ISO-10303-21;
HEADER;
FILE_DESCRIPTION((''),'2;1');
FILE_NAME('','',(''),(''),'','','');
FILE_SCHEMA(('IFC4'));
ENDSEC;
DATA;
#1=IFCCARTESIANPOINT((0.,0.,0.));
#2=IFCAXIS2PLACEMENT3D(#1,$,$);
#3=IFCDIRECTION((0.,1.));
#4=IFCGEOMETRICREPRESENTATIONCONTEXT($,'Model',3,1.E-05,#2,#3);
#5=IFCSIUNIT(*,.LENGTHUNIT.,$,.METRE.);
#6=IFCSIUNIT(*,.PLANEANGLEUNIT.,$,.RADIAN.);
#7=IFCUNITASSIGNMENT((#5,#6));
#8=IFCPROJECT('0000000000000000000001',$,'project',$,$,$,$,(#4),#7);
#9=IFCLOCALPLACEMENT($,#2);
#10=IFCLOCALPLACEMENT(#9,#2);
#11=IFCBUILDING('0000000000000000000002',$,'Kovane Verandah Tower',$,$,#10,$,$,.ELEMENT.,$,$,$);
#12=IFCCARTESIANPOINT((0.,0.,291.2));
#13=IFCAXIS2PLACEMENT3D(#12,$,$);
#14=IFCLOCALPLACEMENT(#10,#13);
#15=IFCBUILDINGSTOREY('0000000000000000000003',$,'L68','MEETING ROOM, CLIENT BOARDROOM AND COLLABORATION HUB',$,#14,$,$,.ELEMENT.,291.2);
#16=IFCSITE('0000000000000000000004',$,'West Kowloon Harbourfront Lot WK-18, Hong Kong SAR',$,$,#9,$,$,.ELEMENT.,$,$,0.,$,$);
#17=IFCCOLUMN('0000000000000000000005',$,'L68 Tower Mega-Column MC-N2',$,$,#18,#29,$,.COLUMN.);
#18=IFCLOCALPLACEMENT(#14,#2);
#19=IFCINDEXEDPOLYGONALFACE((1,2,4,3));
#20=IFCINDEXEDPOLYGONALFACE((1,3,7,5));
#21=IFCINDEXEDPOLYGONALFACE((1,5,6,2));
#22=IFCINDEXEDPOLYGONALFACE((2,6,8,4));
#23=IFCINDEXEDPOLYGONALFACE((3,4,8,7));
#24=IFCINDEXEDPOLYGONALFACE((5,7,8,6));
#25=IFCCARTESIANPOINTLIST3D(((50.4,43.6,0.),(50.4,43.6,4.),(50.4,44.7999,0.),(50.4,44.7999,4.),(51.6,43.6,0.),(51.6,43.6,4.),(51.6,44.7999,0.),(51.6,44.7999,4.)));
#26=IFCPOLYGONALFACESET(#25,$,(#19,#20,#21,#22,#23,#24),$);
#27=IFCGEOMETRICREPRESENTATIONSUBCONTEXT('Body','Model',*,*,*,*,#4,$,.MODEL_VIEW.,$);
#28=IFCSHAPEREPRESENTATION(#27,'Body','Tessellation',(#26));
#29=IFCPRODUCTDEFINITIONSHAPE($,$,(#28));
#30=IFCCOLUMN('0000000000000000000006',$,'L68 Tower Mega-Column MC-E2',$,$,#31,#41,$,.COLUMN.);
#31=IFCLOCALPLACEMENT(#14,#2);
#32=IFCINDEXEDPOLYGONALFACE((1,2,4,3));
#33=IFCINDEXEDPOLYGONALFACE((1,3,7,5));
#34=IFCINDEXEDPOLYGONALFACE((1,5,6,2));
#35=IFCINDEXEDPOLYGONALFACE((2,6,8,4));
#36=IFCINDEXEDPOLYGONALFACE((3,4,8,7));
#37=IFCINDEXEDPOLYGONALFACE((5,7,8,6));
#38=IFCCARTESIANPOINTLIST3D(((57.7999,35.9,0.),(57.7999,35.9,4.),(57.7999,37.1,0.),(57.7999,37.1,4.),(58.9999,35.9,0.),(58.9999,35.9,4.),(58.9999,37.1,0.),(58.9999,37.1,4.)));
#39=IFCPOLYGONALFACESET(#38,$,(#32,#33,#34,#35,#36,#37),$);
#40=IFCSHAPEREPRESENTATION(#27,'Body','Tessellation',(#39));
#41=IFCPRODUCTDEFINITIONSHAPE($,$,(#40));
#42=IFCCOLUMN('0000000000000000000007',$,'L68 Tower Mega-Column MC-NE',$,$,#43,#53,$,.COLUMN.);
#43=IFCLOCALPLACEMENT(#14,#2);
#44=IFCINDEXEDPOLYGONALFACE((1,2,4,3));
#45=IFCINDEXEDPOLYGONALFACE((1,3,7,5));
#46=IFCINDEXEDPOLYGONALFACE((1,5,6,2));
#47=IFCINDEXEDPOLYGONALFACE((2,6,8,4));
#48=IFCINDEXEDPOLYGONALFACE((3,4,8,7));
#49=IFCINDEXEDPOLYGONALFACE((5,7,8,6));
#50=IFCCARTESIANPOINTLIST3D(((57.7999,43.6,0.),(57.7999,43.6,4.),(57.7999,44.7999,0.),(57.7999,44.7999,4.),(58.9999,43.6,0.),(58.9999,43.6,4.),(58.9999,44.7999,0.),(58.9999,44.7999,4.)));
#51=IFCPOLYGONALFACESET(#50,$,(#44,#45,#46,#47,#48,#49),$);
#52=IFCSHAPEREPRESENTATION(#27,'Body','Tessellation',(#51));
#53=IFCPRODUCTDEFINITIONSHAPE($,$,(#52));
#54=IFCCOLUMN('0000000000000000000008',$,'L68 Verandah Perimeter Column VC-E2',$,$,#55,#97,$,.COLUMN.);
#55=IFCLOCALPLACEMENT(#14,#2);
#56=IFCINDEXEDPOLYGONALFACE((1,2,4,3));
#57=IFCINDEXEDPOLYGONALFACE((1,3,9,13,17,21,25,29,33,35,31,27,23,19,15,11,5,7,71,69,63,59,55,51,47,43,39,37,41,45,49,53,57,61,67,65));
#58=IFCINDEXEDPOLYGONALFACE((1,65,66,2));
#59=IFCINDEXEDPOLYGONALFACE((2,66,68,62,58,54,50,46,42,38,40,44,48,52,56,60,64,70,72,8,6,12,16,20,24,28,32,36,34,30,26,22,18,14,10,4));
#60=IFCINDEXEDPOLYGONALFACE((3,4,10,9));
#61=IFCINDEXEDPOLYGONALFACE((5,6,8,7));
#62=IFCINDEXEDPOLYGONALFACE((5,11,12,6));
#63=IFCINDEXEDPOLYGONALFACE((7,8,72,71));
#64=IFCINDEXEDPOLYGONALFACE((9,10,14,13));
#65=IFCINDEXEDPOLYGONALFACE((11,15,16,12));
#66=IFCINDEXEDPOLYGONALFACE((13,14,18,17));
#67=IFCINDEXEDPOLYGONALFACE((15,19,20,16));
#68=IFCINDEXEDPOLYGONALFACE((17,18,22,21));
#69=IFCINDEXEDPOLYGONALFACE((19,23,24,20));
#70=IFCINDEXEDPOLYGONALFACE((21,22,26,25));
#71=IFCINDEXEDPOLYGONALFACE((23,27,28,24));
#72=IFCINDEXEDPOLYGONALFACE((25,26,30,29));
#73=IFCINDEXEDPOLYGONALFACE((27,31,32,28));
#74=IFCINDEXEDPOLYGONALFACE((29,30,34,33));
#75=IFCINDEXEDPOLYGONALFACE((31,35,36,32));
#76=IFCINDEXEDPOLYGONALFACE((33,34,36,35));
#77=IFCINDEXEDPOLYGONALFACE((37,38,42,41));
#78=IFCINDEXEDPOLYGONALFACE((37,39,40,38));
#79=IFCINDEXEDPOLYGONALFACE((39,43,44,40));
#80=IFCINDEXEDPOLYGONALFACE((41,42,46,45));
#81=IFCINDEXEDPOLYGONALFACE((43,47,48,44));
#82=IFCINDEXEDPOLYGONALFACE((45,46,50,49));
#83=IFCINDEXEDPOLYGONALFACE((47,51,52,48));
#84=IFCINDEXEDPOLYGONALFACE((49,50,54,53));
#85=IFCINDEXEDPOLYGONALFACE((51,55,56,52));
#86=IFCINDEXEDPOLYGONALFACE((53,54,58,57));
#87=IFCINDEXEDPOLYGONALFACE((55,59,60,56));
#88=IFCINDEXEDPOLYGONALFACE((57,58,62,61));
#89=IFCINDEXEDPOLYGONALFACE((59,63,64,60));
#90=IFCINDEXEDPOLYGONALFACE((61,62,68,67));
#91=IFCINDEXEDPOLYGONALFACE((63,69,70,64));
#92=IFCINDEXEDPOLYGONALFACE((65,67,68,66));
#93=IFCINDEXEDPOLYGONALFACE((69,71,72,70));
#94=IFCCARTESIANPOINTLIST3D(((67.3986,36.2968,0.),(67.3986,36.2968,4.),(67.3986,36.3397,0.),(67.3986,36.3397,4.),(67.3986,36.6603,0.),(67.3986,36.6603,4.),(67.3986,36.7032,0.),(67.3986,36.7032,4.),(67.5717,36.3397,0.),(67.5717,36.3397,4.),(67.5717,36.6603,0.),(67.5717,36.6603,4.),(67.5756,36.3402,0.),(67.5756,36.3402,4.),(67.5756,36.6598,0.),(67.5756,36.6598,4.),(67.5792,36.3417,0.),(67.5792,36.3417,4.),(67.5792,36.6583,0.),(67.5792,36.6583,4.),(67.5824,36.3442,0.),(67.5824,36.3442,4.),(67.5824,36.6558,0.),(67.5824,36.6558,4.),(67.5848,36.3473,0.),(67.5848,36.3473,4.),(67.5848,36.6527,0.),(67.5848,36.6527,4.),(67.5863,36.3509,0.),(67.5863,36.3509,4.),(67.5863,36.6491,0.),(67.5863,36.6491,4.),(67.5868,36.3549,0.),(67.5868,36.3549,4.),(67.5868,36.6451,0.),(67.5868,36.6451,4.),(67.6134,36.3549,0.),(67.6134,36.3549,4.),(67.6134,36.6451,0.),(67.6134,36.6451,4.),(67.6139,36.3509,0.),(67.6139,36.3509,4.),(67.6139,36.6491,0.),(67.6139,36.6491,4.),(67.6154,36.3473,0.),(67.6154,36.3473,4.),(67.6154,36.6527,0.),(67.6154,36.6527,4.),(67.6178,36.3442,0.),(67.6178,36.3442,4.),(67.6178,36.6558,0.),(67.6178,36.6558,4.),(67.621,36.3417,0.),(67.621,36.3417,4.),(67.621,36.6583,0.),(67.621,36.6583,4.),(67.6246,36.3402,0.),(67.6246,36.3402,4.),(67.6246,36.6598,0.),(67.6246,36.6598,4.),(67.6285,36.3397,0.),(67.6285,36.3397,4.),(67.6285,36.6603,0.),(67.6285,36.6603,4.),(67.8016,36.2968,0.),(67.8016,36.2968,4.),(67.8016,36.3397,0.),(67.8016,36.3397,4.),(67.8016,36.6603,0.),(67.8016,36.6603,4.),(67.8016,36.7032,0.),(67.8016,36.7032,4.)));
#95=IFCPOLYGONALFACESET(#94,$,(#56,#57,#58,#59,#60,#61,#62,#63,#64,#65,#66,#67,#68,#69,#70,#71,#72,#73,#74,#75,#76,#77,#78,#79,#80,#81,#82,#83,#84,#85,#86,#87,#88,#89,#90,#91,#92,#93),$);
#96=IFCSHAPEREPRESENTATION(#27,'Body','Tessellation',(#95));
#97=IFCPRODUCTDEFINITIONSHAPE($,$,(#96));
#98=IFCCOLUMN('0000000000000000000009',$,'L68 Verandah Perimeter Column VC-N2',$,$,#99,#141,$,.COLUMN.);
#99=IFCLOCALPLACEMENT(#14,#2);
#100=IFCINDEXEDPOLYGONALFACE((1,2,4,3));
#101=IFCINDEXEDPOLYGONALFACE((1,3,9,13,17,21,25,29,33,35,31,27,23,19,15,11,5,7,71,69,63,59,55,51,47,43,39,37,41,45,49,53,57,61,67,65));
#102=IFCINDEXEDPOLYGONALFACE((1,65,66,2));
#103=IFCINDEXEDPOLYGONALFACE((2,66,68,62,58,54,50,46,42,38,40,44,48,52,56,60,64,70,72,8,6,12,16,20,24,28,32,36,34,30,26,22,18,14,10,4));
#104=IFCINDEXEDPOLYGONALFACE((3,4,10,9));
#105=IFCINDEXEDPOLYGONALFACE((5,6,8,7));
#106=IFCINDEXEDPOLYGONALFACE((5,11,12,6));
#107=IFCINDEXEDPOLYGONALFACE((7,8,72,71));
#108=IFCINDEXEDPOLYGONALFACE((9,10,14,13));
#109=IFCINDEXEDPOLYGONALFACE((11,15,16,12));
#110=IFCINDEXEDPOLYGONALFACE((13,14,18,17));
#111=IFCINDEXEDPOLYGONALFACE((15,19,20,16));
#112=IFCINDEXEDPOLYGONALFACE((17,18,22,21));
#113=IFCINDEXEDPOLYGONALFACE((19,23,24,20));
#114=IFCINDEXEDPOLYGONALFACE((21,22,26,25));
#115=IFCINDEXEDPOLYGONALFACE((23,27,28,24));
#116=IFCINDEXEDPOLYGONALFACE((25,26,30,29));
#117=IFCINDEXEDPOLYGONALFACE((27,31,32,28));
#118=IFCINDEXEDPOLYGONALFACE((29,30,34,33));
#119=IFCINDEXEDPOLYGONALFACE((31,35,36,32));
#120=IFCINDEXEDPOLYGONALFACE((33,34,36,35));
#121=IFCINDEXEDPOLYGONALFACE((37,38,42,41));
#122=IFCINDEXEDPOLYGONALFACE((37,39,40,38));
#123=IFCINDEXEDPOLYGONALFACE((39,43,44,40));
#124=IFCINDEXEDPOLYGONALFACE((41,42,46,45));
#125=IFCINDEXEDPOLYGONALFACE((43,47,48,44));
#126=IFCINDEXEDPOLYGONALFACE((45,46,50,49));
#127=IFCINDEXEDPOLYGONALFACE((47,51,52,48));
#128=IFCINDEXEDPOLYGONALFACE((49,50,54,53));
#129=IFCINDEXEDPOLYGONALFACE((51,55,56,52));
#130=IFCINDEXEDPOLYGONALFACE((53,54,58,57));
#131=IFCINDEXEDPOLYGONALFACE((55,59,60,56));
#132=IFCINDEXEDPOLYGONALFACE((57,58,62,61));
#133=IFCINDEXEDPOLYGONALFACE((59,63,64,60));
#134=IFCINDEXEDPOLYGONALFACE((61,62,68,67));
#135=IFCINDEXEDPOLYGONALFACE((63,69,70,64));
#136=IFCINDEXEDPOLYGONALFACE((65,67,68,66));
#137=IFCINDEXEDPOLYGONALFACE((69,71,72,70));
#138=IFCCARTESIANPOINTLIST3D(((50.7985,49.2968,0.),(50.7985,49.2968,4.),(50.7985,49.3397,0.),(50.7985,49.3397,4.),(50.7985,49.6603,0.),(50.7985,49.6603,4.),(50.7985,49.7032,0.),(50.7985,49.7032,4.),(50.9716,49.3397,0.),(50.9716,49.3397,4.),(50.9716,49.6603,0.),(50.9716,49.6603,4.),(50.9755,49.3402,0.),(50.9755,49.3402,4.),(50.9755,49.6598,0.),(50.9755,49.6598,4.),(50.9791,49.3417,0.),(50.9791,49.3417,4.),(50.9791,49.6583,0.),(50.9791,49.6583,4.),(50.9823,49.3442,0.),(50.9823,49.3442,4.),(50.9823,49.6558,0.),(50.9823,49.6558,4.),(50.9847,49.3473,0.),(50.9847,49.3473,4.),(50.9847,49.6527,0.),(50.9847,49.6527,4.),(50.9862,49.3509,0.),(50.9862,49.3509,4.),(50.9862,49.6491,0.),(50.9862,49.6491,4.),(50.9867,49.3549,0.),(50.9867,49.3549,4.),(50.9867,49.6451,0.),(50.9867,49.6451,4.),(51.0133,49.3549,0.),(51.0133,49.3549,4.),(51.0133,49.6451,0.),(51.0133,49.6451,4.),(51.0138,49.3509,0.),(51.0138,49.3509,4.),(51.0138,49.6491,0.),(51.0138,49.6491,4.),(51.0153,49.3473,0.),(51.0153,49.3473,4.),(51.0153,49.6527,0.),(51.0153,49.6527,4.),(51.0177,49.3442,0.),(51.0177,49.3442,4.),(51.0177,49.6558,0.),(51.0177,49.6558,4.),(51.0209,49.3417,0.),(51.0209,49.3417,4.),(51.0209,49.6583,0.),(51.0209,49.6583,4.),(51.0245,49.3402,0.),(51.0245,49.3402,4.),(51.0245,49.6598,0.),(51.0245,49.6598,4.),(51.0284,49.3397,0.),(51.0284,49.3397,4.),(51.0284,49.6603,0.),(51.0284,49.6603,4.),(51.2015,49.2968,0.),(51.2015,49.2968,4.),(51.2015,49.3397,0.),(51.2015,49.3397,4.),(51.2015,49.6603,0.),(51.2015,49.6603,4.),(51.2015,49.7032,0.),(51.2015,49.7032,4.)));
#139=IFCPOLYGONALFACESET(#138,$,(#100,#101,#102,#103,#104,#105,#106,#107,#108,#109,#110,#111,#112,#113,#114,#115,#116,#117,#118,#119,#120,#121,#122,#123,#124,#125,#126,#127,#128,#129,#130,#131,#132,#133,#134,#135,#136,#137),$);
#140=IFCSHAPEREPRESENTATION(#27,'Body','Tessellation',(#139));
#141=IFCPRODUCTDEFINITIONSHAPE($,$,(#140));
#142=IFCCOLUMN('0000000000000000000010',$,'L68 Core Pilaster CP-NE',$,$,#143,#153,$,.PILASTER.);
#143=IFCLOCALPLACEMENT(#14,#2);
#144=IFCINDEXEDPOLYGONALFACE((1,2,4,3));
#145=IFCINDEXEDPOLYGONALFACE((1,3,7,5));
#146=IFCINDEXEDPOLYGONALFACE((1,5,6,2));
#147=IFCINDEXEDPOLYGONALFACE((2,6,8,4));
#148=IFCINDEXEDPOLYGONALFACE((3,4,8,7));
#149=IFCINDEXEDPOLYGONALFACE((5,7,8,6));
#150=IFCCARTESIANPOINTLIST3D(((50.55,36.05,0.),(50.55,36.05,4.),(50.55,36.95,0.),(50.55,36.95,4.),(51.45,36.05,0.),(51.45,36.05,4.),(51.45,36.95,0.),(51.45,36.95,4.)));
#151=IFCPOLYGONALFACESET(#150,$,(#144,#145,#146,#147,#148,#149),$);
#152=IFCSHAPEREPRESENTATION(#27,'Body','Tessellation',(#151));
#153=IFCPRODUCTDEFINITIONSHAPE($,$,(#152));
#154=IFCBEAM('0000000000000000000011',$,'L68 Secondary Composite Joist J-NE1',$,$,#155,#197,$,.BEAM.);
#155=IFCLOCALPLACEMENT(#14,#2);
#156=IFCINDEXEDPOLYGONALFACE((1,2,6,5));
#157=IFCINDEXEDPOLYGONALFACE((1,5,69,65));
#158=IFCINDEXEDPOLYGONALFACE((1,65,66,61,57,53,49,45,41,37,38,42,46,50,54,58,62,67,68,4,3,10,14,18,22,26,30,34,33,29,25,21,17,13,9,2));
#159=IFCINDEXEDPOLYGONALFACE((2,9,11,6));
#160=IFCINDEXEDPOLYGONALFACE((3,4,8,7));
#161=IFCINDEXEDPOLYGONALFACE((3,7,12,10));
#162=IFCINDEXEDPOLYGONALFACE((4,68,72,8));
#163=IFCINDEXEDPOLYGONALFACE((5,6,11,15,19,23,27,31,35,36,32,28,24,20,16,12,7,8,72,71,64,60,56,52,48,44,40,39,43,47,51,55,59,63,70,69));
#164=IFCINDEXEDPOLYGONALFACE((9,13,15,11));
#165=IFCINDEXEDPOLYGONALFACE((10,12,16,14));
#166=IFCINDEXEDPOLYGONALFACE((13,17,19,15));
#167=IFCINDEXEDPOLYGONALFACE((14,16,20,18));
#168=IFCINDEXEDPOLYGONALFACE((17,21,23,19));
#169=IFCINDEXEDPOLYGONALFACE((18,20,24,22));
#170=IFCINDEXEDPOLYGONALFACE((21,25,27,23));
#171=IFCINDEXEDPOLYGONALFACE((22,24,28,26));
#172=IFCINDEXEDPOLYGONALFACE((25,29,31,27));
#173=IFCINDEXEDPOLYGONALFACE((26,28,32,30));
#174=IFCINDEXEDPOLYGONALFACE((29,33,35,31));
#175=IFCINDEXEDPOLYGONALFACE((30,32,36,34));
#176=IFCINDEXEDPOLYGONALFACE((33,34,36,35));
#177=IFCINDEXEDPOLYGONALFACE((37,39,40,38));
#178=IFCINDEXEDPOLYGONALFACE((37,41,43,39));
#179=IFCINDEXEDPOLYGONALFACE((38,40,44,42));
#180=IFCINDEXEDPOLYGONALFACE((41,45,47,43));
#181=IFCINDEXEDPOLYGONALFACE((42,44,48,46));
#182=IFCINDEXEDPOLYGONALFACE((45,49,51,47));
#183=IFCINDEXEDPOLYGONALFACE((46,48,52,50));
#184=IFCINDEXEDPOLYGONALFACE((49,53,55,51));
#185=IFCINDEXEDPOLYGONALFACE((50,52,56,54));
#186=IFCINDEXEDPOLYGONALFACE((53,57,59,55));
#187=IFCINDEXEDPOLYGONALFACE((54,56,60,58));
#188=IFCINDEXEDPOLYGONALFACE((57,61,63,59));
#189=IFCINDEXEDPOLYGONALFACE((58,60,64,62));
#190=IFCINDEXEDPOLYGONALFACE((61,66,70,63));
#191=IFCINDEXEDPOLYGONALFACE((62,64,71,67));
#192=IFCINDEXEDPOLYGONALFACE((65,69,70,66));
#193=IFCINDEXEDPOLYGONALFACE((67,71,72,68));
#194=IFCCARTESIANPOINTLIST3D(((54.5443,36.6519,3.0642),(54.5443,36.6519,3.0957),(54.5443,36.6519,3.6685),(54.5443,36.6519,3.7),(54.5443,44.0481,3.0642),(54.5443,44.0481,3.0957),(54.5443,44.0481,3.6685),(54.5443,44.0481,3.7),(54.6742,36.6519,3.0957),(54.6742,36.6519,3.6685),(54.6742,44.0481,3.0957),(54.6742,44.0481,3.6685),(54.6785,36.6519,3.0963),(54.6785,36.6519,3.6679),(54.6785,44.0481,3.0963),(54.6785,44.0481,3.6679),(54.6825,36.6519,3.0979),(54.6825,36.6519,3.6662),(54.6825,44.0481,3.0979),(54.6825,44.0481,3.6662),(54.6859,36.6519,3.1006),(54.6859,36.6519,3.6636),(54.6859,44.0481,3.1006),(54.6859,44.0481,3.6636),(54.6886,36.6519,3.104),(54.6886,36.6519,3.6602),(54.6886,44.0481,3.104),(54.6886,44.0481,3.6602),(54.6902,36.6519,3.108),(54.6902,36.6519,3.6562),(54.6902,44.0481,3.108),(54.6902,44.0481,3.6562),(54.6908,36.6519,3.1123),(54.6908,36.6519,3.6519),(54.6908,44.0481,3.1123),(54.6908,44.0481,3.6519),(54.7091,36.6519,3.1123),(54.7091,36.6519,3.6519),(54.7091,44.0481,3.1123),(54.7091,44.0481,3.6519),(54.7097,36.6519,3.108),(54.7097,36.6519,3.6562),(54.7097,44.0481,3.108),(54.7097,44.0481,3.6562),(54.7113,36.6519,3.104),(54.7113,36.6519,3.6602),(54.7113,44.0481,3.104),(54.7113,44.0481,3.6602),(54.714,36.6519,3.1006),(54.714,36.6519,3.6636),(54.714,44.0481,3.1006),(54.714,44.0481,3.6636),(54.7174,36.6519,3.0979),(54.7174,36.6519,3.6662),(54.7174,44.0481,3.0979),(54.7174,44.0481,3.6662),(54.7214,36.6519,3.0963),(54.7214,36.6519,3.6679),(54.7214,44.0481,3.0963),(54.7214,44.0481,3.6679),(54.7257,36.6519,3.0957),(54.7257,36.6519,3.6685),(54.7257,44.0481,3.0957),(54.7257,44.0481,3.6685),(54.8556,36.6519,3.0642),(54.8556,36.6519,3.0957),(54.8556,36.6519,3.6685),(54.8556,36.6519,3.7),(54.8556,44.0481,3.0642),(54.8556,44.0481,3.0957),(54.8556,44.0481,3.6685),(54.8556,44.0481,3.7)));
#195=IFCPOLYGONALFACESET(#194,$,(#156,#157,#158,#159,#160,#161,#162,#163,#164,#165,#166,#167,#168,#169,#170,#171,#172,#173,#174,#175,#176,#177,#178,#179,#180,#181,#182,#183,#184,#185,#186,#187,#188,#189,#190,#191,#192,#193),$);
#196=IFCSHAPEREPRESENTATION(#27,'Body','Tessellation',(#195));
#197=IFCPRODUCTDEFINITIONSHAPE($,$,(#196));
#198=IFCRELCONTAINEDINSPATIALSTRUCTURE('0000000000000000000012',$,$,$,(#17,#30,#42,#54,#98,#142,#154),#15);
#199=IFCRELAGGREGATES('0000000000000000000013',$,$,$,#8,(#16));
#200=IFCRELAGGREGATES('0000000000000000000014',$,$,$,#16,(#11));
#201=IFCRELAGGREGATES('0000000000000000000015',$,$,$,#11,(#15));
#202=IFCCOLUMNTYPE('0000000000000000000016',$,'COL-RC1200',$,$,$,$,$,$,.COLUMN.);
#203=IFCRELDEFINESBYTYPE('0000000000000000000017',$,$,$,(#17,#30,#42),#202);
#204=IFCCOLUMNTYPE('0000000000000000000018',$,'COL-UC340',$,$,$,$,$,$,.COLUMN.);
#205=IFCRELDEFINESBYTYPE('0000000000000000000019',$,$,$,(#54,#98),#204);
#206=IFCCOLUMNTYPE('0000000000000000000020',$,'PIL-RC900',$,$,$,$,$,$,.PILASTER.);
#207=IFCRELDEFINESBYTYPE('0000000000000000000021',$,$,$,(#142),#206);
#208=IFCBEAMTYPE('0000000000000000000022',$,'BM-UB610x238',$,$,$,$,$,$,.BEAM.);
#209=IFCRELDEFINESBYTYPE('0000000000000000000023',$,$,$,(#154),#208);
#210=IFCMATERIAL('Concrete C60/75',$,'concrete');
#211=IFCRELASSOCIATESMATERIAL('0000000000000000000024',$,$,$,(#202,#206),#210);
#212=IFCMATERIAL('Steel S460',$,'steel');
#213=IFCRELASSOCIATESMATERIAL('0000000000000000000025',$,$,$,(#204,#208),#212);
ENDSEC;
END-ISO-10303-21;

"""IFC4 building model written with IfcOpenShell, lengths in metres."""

from ifc_helpers import new_model, si_unit, direction, frame, origin, origin_2d, place, context, subcontext, project, spatial, rectangle, i_section, extrude, material, material_profile, profile_set, type_object, element, save


model = new_model("IFC4")

# Units and contexts
model_context = context("Model", 3, precision=1e-05, world=origin(), true_north=direction((0.0, 1.0)))
body_context = subcontext(model_context, "Body", "Model", "MODEL_VIEW")
ifc_project = project(units=[si_unit("LENGTHUNIT", "METRE"), si_unit("PLANEANGLEUNIT", "RADIAN")], contexts=[model_context])

# Site, building, storey
site_placement = place(None, origin())
site = spatial("IfcSite", under=ifc_project, at=site_placement, Name="West Kowloon Harbourfront Lot WK-18, Hong Kong SAR", CompositionType="ELEMENT", RefElevation=0.0)
building_placement = place(site_placement, origin())
building = spatial("IfcBuilding", under=site, at=building_placement, Name="Kovane Verandah Tower", CompositionType="ELEMENT")
storey_placement = place(building_placement, frame((0.0, 0.0, 291.2)))
storey = spatial("IfcBuildingStorey", under=building, at=storey_placement, Name="L68", Description="MEETING ROOM, CLIENT BOARDROOM AND COLLABORATION HUB", CompositionType="ELEMENT", Elevation=291.2)

# Columns
ifc_material_1 = material(Name="Concrete C60/75", Category="concrete")
ifc_material_profile_1 = material_profile(ifc_material_1, rectangle(XDim=1.2, YDim=1.2, at=origin_2d()), Name="RC1200x1200")
ifc_profile_set_1 = profile_set([ifc_material_profile_1], Name="Concrete C60/75")
column_type_1 = type_object("IfcColumnType", Name="COL-RC1200", PredefinedType="COLUMN", material=ifc_profile_set_1)
for number, where, z_axis, x_axis, name in (
    (1, (51.0, 44.2, 0.0), (0.0, 0.0, 1.0), (1.0, 0.0, 0.0), "L68 Tower Mega-Column MC-N2"),
    (2, (58.3999, 36.5, 0.0), (0.0, 0.0, 1.0), (1.0, 0.0, 0.0), "L68 Tower Mega-Column MC-E2"),
    (3, (58.3999, 44.2, 0.0), (0.0, 0.0, 1.0), (1.0, 0.0, 0.0), "L68 Tower Mega-Column MC-NE"),
):
    element("IfcColumn", number, at=place(storey_placement, frame(where, z_axis=z_axis, x_axis=x_axis)), inside=storey, type_object=column_type_1, Name=name, PredefinedType="COLUMN", context=body_context, shape_type="SweptSolid", body=[
        extrude(rectangle(XDim=1.2, YDim=1.2, at=origin_2d()), origin(), (0.0, 0.0, 1.0), 4.0),
    ])
ifc_material_2 = material(Name="Steel S460", Category="steel")
ifc_material_profile_2 = material_profile(ifc_material_2, i_section(OverallWidth=0.4031, OverallDepth=0.4065, WebThickness=0.0266, FlangeThickness=0.043, FilletRadius=0.0151, at=origin_2d()), Name="UC356x406x340")
ifc_profile_set_2 = profile_set([ifc_material_profile_2], Name="Steel S460")
column_type_2 = type_object("IfcColumnType", Name="COL-UC340", PredefinedType="COLUMN", material=ifc_profile_set_2)
for number, where, z_axis, x_axis, name in (
    (4, (67.6001, 36.5, 0.0), (0.0, 0.0, 1.0), (1.0, 0.0, 0.0), "L68 Verandah Perimeter Column VC-E2"),
    (5, (51.0, 49.5, 0.0), (0.0, 0.0, 1.0), (1.0, 0.0, 0.0), "L68 Verandah Perimeter Column VC-N2"),
):
    element("IfcColumn", number, at=place(storey_placement, frame(where, z_axis=z_axis, x_axis=x_axis)), inside=storey, type_object=column_type_2, Name=name, PredefinedType="COLUMN", context=body_context, shape_type="SweptSolid", body=[
        extrude(i_section(OverallWidth=0.4031, OverallDepth=0.4065, WebThickness=0.0266, FlangeThickness=0.043, FilletRadius=0.0151, at=origin_2d()), origin(), (0.0, 0.0, 1.0), 4.0),
    ])
ifc_material_profile_3 = material_profile(ifc_material_1, rectangle(XDim=0.8999, YDim=0.8999, at=origin_2d()), Name="RC900x900")
ifc_profile_set_3 = profile_set([ifc_material_profile_3], Name="Concrete C60/75")
column_type_3 = type_object("IfcColumnType", Name="PIL-RC900", PredefinedType="PILASTER", material=ifc_profile_set_3)
column_placement = place(storey_placement, frame((51.0, 36.5, 0.0), z_axis=(0.0, 0.0, 1.0), x_axis=(1.0, 0.0, 0.0)))
element("IfcColumn", 6, at=column_placement, inside=storey, type_object=column_type_3, Name="L68 Core Pilaster CP-NE", PredefinedType="PILASTER", context=body_context, shape_type="SweptSolid", body=[
    extrude(rectangle(XDim=0.8999, YDim=0.8999, at=origin_2d()), origin(), (0.0, 0.0, 1.0), 4.0),
])

# Beam
ifc_material_profile_4 = material_profile(ifc_material_2, i_section(OverallWidth=0.3113, OverallDepth=0.6357, WebThickness=0.0183, FlangeThickness=0.0315, FilletRadius=0.0166, at=origin_2d()), Name="UB610x305x238")
ifc_profile_set_4 = profile_set([ifc_material_profile_4], Name="Steel S460")
beam_type_1 = type_object("IfcBeamType", Name="BM-UB610x238", PredefinedType="BEAM", material=ifc_profile_set_4)
beam_1_placement = place(storey_placement, frame((54.7, 36.6519, 3.3821), z_axis=(0.0, 1.0, 0.0), x_axis=(-1.0, 0.0, 0.0)))
element("IfcBeam", 7, at=beam_1_placement, inside=storey, type_object=beam_type_1, Name="L68 Secondary Composite Joist J-NE1", PredefinedType="BEAM", context=body_context, shape_type="SweptSolid", body=[
    extrude(i_section(OverallWidth=0.3113, OverallDepth=0.6357, WebThickness=0.0183, FlangeThickness=0.0315, FilletRadius=0.0166, at=origin_2d()), origin(), (0.0, 0.0, 1.0), 7.3962),
])

save(model, "model.ifc")
